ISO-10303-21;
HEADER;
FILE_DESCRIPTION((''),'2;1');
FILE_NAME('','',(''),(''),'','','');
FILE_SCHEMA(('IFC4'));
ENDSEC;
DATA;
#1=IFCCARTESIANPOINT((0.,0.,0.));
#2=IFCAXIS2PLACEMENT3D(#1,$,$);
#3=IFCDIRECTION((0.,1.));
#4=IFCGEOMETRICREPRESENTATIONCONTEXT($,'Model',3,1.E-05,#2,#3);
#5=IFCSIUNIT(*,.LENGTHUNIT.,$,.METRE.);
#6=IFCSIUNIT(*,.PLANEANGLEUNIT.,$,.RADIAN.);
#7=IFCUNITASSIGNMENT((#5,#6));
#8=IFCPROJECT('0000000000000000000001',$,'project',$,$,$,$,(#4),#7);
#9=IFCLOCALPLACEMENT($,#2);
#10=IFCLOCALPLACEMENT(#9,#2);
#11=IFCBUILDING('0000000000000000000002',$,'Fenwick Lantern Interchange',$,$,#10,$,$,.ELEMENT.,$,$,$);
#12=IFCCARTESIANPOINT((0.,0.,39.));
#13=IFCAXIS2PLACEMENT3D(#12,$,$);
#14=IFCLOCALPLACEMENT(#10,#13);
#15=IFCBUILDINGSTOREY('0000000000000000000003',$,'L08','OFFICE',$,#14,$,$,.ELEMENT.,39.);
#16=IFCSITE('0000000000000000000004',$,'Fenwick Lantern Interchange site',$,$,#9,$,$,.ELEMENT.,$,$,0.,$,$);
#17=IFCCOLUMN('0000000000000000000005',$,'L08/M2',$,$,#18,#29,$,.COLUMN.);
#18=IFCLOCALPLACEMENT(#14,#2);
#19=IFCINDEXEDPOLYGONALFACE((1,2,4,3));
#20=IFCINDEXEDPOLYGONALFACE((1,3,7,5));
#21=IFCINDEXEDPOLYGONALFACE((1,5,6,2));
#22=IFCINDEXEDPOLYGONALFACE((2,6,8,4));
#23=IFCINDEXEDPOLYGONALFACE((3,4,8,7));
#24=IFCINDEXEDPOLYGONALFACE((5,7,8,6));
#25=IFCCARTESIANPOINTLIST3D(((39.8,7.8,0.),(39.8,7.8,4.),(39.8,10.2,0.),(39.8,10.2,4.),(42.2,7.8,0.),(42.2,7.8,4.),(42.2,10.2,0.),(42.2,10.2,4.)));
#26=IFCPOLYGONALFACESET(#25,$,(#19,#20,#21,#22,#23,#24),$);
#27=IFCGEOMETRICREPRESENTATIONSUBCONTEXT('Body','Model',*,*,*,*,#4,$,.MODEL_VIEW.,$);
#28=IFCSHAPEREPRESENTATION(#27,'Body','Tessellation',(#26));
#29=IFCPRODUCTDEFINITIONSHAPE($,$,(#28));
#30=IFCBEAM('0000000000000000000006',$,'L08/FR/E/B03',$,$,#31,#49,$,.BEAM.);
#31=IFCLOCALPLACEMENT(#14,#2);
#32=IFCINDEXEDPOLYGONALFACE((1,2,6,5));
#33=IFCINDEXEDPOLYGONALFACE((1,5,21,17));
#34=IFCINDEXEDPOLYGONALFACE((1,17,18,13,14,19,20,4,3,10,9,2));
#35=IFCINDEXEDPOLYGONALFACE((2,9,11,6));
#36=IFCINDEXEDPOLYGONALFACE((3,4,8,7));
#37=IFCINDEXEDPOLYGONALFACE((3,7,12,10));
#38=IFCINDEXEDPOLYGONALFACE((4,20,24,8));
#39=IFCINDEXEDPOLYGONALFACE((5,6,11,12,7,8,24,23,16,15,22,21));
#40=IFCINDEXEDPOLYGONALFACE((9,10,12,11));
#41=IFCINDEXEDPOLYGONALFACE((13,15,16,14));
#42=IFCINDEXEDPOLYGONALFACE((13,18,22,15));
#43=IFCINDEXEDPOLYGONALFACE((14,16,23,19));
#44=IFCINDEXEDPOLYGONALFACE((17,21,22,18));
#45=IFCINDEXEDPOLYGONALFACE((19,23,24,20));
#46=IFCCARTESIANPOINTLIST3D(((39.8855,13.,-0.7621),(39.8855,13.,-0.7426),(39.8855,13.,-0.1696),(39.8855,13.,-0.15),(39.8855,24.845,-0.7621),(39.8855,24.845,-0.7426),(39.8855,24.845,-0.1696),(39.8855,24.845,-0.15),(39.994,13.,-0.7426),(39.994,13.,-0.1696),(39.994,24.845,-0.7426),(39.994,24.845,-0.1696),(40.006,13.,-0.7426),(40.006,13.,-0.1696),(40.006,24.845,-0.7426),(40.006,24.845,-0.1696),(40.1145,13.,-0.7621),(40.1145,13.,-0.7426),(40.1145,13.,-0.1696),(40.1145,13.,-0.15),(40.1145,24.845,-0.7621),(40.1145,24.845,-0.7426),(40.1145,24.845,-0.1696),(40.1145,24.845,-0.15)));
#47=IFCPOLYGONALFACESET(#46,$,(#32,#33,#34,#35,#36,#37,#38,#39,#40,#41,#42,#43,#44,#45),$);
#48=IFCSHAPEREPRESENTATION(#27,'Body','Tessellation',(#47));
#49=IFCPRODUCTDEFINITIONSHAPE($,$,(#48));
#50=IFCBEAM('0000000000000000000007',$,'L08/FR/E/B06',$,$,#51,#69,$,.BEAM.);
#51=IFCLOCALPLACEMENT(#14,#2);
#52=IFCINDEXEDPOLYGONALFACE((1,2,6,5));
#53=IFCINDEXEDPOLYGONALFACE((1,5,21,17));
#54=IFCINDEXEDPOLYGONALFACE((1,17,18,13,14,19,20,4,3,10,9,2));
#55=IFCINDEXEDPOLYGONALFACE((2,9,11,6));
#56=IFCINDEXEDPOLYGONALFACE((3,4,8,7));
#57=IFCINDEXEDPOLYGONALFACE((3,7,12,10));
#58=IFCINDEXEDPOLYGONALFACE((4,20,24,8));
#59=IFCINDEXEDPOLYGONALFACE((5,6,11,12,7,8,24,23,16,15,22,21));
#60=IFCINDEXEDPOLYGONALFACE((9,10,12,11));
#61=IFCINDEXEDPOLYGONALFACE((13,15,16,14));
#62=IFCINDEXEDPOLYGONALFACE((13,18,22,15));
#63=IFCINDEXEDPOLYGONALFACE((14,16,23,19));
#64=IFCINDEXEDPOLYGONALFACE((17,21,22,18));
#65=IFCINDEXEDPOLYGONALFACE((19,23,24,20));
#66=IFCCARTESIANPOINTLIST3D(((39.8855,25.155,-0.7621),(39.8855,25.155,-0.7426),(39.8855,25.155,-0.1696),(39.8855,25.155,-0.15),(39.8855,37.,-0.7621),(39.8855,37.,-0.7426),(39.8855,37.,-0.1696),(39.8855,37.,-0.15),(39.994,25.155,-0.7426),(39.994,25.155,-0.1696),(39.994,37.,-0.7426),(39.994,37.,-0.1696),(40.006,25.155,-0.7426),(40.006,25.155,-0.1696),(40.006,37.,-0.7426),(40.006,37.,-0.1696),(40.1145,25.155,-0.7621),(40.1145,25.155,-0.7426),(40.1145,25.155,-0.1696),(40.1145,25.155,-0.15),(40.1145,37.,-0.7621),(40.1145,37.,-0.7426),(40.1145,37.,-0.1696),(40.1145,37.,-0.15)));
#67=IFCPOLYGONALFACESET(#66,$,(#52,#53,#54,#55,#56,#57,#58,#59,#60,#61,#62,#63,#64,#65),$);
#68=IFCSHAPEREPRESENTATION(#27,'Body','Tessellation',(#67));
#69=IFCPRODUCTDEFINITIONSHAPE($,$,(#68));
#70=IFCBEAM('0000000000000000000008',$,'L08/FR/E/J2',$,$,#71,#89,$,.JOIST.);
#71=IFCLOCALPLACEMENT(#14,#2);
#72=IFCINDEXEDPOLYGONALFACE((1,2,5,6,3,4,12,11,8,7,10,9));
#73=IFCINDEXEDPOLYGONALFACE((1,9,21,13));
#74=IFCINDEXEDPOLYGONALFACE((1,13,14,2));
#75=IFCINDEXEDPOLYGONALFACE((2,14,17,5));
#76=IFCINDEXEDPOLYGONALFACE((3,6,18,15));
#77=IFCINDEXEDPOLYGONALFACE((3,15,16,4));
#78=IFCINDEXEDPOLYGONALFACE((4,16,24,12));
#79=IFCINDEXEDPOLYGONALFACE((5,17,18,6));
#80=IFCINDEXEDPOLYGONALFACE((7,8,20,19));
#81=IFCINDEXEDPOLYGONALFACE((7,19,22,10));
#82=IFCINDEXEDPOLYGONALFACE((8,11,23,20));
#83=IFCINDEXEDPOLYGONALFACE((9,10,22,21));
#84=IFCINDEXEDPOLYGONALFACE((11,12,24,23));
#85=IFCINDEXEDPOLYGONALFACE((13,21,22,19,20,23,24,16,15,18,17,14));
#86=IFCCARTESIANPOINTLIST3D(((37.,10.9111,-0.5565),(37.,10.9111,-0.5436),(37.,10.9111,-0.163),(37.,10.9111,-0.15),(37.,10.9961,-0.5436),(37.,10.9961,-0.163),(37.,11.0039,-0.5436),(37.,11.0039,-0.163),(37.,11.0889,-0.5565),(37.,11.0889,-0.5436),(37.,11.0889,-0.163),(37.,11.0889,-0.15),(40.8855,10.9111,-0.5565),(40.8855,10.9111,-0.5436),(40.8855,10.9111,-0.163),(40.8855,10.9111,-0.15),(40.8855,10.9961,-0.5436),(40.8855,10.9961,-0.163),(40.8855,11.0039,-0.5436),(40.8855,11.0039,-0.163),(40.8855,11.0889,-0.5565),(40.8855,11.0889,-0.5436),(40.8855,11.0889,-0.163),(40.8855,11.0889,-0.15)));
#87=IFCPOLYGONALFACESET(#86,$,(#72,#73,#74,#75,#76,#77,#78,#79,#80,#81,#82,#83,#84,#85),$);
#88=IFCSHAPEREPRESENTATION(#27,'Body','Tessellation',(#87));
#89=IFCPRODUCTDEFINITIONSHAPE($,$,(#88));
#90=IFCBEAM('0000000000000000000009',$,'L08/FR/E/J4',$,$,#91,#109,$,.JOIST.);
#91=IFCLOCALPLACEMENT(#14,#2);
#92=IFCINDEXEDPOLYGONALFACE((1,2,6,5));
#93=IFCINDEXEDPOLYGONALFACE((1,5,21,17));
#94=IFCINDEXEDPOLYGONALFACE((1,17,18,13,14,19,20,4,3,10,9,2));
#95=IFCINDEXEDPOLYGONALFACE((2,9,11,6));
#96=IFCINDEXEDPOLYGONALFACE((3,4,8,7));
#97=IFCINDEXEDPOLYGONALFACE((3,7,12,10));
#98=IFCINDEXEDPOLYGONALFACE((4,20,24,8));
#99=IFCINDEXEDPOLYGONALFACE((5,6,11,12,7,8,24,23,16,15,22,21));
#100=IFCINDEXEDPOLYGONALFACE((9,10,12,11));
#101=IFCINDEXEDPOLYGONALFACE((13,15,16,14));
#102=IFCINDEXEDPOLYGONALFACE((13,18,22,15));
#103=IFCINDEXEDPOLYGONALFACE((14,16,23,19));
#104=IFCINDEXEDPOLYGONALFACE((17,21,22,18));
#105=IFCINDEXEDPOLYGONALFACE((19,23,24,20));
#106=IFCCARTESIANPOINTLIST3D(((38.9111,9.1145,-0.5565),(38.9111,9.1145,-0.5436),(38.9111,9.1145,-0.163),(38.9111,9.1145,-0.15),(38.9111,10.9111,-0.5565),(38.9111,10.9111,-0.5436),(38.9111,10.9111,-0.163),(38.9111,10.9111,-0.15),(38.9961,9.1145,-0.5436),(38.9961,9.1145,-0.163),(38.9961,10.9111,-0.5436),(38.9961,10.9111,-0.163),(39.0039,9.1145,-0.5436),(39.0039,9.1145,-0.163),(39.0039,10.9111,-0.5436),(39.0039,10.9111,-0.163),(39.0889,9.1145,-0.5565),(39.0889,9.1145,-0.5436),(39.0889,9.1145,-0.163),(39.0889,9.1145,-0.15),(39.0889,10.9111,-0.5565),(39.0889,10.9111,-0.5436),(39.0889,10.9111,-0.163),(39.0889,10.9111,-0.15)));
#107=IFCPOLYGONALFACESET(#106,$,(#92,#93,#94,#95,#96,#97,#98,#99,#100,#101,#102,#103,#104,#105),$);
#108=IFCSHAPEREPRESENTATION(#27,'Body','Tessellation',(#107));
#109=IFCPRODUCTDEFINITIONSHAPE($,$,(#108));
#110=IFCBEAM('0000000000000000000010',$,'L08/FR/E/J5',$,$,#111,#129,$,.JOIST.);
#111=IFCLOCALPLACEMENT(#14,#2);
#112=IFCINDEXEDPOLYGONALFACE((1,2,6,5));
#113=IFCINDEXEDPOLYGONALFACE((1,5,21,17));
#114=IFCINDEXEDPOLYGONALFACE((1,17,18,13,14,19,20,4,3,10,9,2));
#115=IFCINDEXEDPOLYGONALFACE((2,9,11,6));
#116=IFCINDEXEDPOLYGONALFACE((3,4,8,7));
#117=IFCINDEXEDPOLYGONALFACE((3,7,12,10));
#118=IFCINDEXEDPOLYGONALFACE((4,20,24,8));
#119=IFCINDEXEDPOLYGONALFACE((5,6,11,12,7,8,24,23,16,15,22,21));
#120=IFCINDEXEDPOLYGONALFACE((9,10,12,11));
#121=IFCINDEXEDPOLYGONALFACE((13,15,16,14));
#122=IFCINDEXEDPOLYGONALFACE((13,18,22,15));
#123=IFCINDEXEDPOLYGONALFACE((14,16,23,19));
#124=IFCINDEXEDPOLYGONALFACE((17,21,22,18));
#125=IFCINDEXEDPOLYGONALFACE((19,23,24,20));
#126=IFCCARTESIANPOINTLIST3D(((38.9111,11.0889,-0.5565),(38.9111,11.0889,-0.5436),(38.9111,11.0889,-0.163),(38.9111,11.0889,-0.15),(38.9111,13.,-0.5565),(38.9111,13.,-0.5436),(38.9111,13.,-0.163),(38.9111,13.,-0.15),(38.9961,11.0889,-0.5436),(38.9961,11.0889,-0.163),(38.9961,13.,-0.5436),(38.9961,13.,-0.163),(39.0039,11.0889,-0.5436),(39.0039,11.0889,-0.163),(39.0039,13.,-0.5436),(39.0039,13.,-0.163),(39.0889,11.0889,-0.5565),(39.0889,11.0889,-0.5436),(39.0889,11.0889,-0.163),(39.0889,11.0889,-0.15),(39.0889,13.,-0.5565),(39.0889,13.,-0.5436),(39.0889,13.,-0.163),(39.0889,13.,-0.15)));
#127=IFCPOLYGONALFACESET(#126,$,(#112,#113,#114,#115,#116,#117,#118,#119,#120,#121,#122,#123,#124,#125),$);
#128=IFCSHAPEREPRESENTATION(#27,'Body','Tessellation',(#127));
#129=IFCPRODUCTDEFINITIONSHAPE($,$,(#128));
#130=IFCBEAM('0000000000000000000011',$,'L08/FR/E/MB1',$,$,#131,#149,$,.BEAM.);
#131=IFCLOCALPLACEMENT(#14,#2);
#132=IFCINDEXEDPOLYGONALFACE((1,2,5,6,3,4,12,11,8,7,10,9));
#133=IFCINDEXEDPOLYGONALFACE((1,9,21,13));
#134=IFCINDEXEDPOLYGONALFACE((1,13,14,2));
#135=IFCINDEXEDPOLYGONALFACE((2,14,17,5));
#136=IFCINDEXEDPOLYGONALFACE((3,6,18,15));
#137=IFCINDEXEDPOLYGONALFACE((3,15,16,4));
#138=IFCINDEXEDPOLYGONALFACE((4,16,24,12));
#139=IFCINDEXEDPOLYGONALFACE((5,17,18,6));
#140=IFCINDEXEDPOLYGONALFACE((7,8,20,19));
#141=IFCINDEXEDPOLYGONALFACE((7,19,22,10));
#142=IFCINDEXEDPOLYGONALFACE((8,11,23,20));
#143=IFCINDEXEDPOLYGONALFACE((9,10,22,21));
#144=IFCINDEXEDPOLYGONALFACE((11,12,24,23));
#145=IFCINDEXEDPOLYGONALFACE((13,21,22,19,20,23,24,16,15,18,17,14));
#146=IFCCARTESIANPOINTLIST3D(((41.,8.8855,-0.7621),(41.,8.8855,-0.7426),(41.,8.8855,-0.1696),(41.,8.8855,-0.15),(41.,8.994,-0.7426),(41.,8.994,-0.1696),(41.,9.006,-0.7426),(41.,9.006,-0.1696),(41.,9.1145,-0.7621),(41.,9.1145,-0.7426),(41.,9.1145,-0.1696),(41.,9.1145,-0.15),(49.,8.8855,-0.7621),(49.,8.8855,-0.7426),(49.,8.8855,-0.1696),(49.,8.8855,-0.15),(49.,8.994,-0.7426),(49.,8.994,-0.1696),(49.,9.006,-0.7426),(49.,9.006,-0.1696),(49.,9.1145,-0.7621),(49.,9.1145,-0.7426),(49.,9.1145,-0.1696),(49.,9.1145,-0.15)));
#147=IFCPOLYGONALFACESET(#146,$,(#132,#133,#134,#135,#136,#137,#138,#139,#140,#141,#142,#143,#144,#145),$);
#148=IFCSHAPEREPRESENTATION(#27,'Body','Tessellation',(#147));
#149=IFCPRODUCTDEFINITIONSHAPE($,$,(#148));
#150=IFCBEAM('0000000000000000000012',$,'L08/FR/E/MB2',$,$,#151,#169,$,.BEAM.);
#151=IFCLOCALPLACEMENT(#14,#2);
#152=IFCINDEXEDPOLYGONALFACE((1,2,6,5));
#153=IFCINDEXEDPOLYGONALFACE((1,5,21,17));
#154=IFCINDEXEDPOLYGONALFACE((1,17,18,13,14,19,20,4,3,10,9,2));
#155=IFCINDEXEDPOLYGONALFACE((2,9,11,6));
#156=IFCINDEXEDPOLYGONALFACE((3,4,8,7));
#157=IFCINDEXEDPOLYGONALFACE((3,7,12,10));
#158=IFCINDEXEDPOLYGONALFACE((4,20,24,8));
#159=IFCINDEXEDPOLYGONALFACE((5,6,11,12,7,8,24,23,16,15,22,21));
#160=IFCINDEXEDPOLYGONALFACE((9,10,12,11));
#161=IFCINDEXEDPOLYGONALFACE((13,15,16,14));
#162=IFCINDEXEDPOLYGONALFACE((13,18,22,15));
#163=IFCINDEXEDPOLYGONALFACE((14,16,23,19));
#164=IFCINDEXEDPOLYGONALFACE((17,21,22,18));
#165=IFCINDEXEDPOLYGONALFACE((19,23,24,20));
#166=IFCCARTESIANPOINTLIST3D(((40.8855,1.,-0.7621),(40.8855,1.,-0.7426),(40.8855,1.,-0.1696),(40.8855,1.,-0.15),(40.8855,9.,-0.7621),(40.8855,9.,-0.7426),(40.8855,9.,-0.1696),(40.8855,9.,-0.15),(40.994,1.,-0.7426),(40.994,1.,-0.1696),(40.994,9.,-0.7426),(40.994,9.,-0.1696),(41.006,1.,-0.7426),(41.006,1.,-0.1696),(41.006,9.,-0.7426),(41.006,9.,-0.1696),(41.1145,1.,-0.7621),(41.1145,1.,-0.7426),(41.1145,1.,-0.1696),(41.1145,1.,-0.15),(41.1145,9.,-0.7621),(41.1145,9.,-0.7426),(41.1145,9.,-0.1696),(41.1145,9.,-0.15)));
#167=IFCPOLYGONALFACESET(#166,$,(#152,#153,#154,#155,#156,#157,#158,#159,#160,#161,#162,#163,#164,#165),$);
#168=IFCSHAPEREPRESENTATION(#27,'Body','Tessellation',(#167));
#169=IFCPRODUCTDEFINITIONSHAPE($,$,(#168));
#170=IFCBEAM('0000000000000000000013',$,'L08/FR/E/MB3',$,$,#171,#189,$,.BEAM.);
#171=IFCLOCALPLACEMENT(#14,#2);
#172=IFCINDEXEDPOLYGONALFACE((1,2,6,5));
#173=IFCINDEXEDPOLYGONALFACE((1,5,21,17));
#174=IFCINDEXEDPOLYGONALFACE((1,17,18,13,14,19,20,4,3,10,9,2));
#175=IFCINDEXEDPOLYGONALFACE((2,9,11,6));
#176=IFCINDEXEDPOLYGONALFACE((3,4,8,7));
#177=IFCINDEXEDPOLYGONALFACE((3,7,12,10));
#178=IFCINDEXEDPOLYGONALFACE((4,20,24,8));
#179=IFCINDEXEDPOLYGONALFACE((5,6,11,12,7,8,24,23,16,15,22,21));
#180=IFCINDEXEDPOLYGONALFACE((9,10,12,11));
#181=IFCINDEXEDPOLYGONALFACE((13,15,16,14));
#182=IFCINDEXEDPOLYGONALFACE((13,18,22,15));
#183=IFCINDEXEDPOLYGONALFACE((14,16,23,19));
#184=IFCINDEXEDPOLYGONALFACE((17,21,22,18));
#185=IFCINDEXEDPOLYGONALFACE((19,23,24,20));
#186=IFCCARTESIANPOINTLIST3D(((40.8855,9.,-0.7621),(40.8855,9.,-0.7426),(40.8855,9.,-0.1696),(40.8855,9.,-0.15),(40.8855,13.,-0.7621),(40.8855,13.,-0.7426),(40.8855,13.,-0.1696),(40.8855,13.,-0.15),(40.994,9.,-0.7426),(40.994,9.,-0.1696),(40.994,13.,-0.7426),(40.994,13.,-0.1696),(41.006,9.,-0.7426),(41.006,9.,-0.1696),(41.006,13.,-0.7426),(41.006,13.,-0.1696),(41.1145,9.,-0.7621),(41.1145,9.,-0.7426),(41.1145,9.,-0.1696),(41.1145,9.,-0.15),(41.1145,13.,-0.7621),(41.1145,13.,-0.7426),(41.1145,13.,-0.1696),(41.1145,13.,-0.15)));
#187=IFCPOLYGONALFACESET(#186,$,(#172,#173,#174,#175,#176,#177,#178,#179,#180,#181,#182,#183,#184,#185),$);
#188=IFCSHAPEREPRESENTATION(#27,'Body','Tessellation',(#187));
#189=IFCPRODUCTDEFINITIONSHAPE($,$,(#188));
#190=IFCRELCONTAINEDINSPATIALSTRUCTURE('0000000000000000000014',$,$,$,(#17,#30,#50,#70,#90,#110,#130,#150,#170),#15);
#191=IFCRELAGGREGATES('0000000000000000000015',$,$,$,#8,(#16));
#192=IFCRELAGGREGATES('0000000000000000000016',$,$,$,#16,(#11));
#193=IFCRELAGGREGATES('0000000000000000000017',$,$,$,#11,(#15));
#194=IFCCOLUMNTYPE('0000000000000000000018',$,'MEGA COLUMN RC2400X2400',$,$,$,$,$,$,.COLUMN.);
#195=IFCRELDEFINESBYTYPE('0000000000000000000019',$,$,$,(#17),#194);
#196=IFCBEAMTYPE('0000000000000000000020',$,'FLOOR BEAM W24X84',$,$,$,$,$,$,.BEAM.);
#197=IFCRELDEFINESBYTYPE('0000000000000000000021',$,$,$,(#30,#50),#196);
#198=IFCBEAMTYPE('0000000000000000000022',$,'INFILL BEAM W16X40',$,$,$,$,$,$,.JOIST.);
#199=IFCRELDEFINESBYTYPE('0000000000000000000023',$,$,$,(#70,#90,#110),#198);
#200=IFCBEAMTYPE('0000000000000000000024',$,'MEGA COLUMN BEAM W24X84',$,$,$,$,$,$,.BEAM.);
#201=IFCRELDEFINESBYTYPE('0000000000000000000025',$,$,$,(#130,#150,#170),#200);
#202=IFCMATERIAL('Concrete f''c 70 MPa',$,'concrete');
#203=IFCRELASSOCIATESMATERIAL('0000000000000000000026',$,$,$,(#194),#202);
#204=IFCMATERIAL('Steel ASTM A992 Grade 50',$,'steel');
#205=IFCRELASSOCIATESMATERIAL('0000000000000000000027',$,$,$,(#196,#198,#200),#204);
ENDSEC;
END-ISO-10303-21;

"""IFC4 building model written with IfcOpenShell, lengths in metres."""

from ifc_helpers import new_model, si_unit, direction, frame, origin, origin_2d, place, context, subcontext, project, spatial, rectangle, i_section, extrude, material, material_profile, profile_set, type_object, element, save


model = new_model("IFC4")

# Units and contexts
model_context = context("Model", 3, precision=1e-05, world=origin(), true_north=direction((0.0, 1.0)))
body_context = subcontext(model_context, "Body", "Model", "MODEL_VIEW")
ifc_project = project(units=[si_unit("LENGTHUNIT", "METRE"), si_unit("PLANEANGLEUNIT", "RADIAN")], contexts=[model_context])

# Site, building, storey
site_placement = place(None, origin())
site = spatial("IfcSite", under=ifc_project, at=site_placement, Name="Fenwick Lantern Interchange site", CompositionType="ELEMENT", RefElevation=0.0)
building_placement = place(site_placement, origin())
building = spatial("IfcBuilding", under=site, at=building_placement, Name="Fenwick Lantern Interchange", CompositionType="ELEMENT")
storey_placement = place(building_placement, frame((0.0, 0.0, 39.0)))
storey = spatial("IfcBuildingStorey", under=building, at=storey_placement, Name="L08", Description="OFFICE", CompositionType="ELEMENT", Elevation=39.0)

# Column
ifc_material_1 = material(Name="Concrete f'c 70 MPa", Category="concrete")
ifc_material_profile_1 = material_profile(ifc_material_1, rectangle(XDim=2.3999, YDim=2.3999, at=origin_2d()), Name="RC2400X2400")
ifc_profile_set_1 = profile_set([ifc_material_profile_1], Name="Concrete f'c 70 MPa")
column_type = type_object("IfcColumnType", Name="MEGA COLUMN RC2400X2400", PredefinedType="COLUMN", material=ifc_profile_set_1)
column_placement = place(storey_placement, frame((41.0, 9.0, 0.0), z_axis=(0.0, 0.0, 1.0), x_axis=(1.0, 0.0, 0.0)))
element("IfcColumn", 1, at=column_placement, inside=storey, type_object=column_type, Name="L08/M2", PredefinedType="COLUMN", context=body_context, shape_type="SweptSolid", body=[
    extrude(rectangle(XDim=2.3999, YDim=2.3999, at=origin_2d()), origin(), (0.0, 0.0, 1.0), 4.0),
])

# Beams
ifc_material_2 = material(Name="Steel ASTM A992 Grade 50", Category="steel")
ifc_material_profile_2 = material_profile(ifc_material_2, i_section(OverallWidth=0.229, OverallDepth=0.6121, WebThickness=0.012, FlangeThickness=0.0195, at=origin_2d()), Name="W24X84")
ifc_profile_set_2 = profile_set([ifc_material_profile_2], Name="Steel ASTM A992 Grade 50")
beam_type_1 = type_object("IfcBeamType", Name="FLOOR BEAM W24X84", PredefinedType="BEAM", material=ifc_profile_set_2)
for number, where, z_axis, x_axis, name in (
    (2, (40.0, 13.0, -0.4561), (0.0, 1.0, 0.0), (-1.0, 0.0, 0.0), "L08/FR/E/B03"),
    (3, (40.0, 25.155, -0.4561), (0.0, 1.0, 0.0), (-1.0, 0.0, 0.0), "L08/FR/E/B06"),
):
    element("IfcBeam", number, at=place(storey_placement, frame(where, z_axis=z_axis, x_axis=x_axis)), inside=storey, type_object=beam_type_1, Name=name, PredefinedType="BEAM", context=body_context, shape_type="SweptSolid", body=[
        extrude(i_section(OverallWidth=0.229, OverallDepth=0.6121, WebThickness=0.012, FlangeThickness=0.0195, at=origin_2d()), origin(), (0.0, 0.0, 1.0), 11.845),
    ])
ifc_material_profile_3 = material_profile(ifc_material_2, i_section(OverallWidth=0.1777, OverallDepth=0.4065, WebThickness=0.0078, FlangeThickness=0.0129, at=origin_2d()), Name="W16X40")
ifc_profile_set_3 = profile_set([ifc_material_profile_3], Name="Steel ASTM A992 Grade 50")
beam_type_2 = type_object("IfcBeamType", Name="INFILL BEAM W16X40", PredefinedType="JOIST", material=ifc_profile_set_3)
beam_1_placement = place(storey_placement, frame((40.8855, 11.0, -0.3533), z_axis=(-1.0, 0.0, 0.0), x_axis=(0.0, -1.0, 0.0)))
element("IfcBeam", 4, at=beam_1_placement, inside=storey, type_object=beam_type_2, Name="L08/FR/E/J2", PredefinedType="JOIST", context=body_context, shape_type="SweptSolid", body=[
    extrude(i_section(OverallWidth=0.1777, OverallDepth=0.4065, WebThickness=0.0078, FlangeThickness=0.0129, at=origin_2d()), origin(), (0.0, 0.0, 1.0), 3.8855),
])
beam_2_placement = place(storey_placement, frame((39.0, 9.1145, -0.3533), z_axis=(0.0, 1.0, 0.0), x_axis=(-1.0, 0.0, 0.0)))
element("IfcBeam", 5, at=beam_2_placement, inside=storey, type_object=beam_type_2, Name="L08/FR/E/J4", PredefinedType="JOIST", context=body_context, shape_type="SweptSolid", body=[
    extrude(i_section(OverallWidth=0.1777, OverallDepth=0.4065, WebThickness=0.0078, FlangeThickness=0.0129, at=origin_2d()), origin(), (0.0, 0.0, 1.0), 1.7966),
])
beam_3_placement = place(storey_placement, frame((39.0, 11.0889, -0.3533), z_axis=(0.0, 1.0, 0.0), x_axis=(-1.0, 0.0, 0.0)))
element("IfcBeam", 6, at=beam_3_placement, inside=storey, type_object=beam_type_2, Name="L08/FR/E/J5", PredefinedType="JOIST", context=body_context, shape_type="SweptSolid", body=[
    extrude(i_section(OverallWidth=0.1777, OverallDepth=0.4065, WebThickness=0.0078, FlangeThickness=0.0129, at=origin_2d()), origin(), (0.0, 0.0, 1.0), 1.9111),
])
ifc_material_profile_4 = material_profile(ifc_material_2, i_section(OverallWidth=0.229, OverallDepth=0.6121, WebThickness=0.012, FlangeThickness=0.0195, at=origin_2d()), Name="W24X84")
ifc_profile_set_4 = profile_set([ifc_material_profile_4], Name="Steel ASTM A992 Grade 50")
beam_type_3 = type_object("IfcBeamType", Name="MEGA COLUMN BEAM W24X84", PredefinedType="BEAM", material=ifc_profile_set_4)
for number, where, z_axis, x_axis, name in (
    (7, (41.0, 9.0, -0.4561), (1.0, 0.0, 0.0), (0.0, 1.0, 0.0), "L08/FR/E/MB1"),
    (8, (41.0, 9.0, -0.4561), (0.0, -1.0, 0.0), (1.0, 0.0, 0.0), "L08/FR/E/MB2"),
):
    element("IfcBeam", number, at=place(storey_placement, frame(where, z_axis=z_axis, x_axis=x_axis)), inside=storey, type_object=beam_type_3, Name=name, PredefinedType="BEAM", context=body_context, shape_type="SweptSolid", body=[
        extrude(i_section(OverallWidth=0.229, OverallDepth=0.6121, WebThickness=0.012, FlangeThickness=0.0195, at=origin_2d()), origin(), (0.0, 0.0, 1.0), 8.0),
    ])
for number, where, z_axis, x_axis, name in (
    (9, (41.0, 9.0, -0.4561), (0.0, 1.0, 0.0), (-1.0, 0.0, 0.0), "L08/FR/E/MB3"),
):
    element("IfcBeam", number, at=place(storey_placement, frame(where, z_axis=z_axis, x_axis=x_axis)), inside=storey, type_object=beam_type_3, Name=name, PredefinedType="BEAM", context=body_context, shape_type="SweptSolid", body=[
        extrude(i_section(OverallWidth=0.229, OverallDepth=0.6121, WebThickness=0.012, FlangeThickness=0.0195, at=origin_2d()), origin(), (0.0, 0.0, 1.0), 4.0),
    ])

save(model, "model.ifc")
